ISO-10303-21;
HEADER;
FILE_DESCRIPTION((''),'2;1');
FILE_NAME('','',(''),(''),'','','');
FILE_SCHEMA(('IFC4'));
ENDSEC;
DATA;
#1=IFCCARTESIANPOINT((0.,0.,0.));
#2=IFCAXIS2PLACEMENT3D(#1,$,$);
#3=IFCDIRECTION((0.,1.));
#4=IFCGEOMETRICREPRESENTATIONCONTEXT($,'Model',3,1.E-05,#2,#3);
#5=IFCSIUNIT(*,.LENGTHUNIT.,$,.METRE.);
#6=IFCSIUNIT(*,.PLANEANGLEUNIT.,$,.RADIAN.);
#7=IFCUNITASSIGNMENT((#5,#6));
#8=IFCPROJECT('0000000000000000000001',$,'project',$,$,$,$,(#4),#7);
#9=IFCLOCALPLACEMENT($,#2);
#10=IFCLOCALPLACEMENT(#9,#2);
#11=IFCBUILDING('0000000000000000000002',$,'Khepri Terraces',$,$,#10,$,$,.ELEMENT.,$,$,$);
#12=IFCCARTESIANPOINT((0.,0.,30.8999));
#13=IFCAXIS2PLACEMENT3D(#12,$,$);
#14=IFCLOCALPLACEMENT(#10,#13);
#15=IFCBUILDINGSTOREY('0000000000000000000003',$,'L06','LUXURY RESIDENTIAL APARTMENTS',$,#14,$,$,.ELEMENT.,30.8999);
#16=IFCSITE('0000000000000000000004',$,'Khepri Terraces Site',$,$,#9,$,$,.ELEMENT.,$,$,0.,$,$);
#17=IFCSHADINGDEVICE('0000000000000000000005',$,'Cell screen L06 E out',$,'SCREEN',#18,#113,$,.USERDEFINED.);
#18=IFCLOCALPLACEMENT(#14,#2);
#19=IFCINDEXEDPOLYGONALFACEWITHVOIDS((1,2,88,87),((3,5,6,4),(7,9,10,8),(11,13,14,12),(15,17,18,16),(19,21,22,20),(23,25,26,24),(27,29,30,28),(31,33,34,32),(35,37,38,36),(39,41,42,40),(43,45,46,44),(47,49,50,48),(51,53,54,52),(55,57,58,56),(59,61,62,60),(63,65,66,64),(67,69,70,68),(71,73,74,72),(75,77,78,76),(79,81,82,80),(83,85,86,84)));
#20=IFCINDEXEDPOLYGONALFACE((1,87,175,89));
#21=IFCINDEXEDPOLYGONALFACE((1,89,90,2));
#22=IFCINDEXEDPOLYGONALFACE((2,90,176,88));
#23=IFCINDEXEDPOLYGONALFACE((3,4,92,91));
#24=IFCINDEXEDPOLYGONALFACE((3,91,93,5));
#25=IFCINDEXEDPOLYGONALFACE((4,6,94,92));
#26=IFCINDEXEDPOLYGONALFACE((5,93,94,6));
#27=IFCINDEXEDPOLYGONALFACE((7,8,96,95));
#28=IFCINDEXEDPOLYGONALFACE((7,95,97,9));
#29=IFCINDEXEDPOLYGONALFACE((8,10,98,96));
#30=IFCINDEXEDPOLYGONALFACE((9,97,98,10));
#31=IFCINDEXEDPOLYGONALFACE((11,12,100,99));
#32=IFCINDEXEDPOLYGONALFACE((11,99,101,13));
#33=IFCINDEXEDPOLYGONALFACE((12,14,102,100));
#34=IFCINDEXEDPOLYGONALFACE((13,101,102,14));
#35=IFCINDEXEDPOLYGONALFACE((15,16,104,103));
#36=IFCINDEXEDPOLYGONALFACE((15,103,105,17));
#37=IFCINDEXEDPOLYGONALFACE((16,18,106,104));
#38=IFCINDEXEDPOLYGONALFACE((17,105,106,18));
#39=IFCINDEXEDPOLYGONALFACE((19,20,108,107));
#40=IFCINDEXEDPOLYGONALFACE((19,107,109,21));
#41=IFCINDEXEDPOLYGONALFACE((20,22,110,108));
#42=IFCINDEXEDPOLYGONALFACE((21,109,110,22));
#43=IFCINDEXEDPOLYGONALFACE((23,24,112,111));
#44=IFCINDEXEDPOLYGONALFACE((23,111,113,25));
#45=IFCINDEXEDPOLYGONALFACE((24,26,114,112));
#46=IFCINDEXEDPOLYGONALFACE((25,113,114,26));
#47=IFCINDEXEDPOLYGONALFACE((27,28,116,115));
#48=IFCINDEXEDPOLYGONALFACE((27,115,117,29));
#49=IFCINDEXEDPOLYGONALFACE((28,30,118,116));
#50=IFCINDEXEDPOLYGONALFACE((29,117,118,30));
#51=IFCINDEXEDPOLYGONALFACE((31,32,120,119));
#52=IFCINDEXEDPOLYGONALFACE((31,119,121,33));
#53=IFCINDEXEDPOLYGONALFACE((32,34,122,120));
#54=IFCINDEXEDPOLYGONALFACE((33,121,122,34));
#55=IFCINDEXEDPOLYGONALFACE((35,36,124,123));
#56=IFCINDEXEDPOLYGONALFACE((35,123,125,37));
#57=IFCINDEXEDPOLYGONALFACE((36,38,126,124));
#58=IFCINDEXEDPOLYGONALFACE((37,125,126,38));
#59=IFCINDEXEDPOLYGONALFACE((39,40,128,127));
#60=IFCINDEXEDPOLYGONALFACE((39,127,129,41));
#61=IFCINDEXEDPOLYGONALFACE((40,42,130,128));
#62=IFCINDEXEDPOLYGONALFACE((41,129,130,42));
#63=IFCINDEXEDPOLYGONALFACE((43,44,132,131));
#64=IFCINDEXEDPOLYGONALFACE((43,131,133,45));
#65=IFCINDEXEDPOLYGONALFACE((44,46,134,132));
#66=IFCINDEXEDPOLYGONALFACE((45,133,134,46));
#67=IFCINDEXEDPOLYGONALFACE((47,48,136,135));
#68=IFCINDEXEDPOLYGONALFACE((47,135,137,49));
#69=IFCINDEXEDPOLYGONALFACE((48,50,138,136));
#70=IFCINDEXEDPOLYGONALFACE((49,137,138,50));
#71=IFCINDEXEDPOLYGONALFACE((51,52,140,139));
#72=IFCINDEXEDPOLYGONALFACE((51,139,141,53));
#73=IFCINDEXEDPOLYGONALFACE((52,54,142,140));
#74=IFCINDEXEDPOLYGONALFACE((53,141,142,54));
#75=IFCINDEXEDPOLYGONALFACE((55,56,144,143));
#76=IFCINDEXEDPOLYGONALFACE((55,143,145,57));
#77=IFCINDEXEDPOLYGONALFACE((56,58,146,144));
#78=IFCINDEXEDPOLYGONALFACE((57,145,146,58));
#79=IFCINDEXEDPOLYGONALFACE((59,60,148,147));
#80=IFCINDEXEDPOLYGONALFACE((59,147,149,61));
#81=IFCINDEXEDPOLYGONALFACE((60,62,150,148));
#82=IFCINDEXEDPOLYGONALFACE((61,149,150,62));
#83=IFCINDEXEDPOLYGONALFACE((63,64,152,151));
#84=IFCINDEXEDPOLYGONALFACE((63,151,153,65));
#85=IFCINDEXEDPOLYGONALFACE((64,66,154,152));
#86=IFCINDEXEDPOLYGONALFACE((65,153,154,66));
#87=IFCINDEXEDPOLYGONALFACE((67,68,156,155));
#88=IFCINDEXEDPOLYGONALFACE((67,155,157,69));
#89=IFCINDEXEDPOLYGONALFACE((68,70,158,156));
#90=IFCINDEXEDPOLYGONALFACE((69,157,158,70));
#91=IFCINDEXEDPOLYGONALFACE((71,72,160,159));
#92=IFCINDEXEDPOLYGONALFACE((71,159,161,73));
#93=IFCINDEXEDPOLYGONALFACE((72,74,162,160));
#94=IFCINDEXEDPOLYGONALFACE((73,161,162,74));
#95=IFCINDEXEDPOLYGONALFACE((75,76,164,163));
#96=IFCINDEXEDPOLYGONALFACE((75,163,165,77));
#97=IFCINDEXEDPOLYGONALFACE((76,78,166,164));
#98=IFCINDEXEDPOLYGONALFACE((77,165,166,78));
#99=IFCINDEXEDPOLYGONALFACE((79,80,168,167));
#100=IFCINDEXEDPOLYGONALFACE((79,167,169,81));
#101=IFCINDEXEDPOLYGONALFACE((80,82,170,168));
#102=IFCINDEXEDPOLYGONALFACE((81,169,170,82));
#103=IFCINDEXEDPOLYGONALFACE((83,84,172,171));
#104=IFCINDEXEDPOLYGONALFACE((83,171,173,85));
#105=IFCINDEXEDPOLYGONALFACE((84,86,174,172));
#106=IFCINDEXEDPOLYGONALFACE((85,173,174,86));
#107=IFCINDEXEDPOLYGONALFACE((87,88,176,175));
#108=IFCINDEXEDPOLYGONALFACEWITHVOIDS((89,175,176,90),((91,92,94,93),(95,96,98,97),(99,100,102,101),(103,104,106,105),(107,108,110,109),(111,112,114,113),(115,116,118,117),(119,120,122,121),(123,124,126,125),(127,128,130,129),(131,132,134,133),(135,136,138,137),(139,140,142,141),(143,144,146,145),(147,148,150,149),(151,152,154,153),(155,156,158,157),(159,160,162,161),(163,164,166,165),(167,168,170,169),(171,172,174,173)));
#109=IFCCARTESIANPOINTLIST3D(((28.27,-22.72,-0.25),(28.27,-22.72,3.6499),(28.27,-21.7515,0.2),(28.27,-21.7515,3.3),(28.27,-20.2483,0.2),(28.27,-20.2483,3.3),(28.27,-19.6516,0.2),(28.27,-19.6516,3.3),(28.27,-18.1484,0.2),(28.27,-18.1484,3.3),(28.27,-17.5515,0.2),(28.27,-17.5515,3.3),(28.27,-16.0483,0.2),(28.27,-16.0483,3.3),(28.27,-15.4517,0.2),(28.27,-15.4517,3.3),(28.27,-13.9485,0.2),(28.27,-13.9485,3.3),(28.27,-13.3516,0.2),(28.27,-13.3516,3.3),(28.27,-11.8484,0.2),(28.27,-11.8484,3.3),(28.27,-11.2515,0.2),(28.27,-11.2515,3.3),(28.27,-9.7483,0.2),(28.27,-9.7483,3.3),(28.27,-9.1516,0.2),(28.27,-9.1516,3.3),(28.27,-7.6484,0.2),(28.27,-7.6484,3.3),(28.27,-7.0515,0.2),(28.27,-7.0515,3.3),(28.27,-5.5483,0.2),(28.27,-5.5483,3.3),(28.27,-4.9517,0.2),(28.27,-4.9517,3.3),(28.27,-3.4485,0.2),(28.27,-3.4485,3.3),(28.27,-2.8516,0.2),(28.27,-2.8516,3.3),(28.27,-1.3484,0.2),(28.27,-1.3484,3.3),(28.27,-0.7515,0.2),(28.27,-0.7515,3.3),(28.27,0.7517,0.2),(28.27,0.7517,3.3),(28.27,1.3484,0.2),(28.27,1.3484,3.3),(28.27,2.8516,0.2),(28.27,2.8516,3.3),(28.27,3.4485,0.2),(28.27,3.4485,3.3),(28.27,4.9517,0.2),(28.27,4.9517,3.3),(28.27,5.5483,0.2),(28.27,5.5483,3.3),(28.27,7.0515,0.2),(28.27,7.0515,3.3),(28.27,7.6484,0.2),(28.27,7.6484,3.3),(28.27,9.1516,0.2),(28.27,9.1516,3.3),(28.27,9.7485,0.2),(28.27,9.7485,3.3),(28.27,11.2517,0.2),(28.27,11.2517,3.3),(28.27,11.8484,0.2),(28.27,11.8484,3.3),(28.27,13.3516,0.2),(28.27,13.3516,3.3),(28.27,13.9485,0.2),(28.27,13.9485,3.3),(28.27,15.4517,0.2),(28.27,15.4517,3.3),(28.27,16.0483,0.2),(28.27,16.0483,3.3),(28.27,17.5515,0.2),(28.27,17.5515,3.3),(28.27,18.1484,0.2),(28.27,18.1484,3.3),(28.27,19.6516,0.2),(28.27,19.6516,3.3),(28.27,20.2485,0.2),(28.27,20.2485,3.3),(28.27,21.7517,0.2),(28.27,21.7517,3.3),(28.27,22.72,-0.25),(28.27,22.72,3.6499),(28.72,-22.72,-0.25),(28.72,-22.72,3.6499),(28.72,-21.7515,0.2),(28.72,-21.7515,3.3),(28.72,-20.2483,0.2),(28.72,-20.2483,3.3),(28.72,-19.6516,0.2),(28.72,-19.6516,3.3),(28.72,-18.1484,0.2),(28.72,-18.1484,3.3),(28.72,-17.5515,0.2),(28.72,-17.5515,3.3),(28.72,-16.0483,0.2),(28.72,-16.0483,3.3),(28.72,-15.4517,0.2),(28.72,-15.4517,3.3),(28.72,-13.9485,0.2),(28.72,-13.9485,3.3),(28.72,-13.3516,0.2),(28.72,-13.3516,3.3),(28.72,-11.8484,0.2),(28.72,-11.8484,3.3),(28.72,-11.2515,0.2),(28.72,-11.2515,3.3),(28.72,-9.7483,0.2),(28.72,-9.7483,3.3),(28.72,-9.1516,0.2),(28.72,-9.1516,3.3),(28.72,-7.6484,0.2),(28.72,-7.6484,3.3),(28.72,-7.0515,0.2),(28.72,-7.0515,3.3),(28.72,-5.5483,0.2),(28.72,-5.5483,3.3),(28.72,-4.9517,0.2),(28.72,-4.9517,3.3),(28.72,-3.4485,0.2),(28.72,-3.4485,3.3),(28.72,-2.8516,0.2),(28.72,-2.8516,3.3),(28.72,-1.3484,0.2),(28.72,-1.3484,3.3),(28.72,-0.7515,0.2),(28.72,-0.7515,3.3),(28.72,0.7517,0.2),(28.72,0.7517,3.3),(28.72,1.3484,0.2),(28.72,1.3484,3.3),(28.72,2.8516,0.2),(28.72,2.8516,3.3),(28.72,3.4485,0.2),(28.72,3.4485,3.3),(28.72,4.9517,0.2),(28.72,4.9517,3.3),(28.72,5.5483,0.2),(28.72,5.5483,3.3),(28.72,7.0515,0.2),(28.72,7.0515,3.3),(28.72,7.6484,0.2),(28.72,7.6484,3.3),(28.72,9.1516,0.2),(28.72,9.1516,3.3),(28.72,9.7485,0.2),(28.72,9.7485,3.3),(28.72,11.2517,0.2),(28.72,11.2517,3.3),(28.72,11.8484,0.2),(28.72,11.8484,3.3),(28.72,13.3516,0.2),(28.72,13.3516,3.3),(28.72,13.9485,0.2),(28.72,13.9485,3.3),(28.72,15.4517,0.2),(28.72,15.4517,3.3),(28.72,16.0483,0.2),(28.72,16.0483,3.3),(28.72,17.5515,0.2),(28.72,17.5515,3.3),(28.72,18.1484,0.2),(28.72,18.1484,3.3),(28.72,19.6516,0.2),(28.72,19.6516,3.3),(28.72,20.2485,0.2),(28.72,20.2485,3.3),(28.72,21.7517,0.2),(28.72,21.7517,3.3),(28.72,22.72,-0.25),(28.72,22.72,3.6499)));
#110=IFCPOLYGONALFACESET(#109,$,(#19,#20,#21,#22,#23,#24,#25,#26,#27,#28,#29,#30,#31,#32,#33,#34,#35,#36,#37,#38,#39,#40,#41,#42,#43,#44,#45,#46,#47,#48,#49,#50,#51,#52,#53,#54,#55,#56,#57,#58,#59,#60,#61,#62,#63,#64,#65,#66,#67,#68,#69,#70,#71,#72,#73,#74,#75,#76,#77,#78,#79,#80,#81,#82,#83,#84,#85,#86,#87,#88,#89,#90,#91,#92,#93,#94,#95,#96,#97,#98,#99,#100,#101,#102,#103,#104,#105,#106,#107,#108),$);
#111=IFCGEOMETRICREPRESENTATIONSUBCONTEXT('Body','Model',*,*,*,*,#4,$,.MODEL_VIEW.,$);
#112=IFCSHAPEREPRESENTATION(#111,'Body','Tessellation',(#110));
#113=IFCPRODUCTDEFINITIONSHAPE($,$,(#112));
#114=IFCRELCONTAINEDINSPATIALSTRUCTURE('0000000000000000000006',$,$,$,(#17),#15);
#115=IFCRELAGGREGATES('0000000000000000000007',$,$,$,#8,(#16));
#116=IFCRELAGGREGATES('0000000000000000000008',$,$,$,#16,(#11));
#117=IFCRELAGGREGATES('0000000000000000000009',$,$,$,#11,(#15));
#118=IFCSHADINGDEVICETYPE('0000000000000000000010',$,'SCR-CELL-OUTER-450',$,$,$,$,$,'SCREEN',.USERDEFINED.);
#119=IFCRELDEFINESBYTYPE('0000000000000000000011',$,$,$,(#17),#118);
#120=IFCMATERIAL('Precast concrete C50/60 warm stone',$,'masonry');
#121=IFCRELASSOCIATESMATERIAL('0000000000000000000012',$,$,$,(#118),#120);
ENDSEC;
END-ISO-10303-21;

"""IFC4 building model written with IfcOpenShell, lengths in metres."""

from ifc_helpers import new_model, si_unit, direction, frame, origin, place, context, subcontext, project, spatial, polyline, outline, extrude, material, type_object, element, save


model = new_model("IFC4")

# Units and contexts
model_context = context("Model", 3, precision=1e-05, world=origin(), true_north=direction((0.0, 1.0)))
body_context = subcontext(model_context, "Body", "Model", "MODEL_VIEW")
ifc_project = project(units=[si_unit("LENGTHUNIT", "METRE"), si_unit("PLANEANGLEUNIT", "RADIAN")], contexts=[model_context])

# Site, building, storey
site_placement = place(None, origin())
site = spatial("IfcSite", under=ifc_project, at=site_placement, Name="Khepri Terraces Site", CompositionType="ELEMENT", RefElevation=0.0)
building_placement = place(site_placement, origin())
building = spatial("IfcBuilding", under=site, at=building_placement, Name="Khepri Terraces", CompositionType="ELEMENT")
storey_placement = place(building_placement, frame((0.0, 0.0, 30.8999)))
storey = spatial("IfcBuildingStorey", under=building, at=storey_placement, Name="L06", Description="LUXURY RESIDENTIAL APARTMENTS", CompositionType="ELEMENT", Elevation=30.8999)

# Shared definitions
ifc_material_1 = material(Name="Precast concrete C50/60 warm stone", Category="masonry")

# Shading device
shading_device_type_1 = type_object("IfcShadingDeviceType", Name="SCR-CELL-OUTER-450", ElementType="SCREEN", PredefinedType="USERDEFINED", material=ifc_material_1)
shading_device_1_placement = place(storey_placement, frame((28.27, -22.72, -0.25), z_axis=(1.0, 0.0, 0.0), x_axis=(0.0, 1.0, 0.0)))
element("IfcShadingDevice", 1, at=shading_device_1_placement, inside=storey, type_object=shading_device_type_1, Name="Cell screen L06 E out", ObjectType="SCREEN", PredefinedType="USERDEFINED", context=body_context, shape_type="SweptSolid", body=[
    extrude(outline(polyline([(0.0, 0.0), (45.4399, 0.0), (45.4399, 3.8999), (0.0, 3.8999), (0.0, 0.0)]), holes=[polyline([(0.9685, 0.45), (2.4717, 0.45), (2.4717, 3.55), (0.9685, 3.55), (0.9685, 0.45)]), polyline([(3.0684, 0.45), (4.5715, 0.45), (4.5715, 3.55), (3.0684, 3.55), (3.0684, 0.45)]), polyline([(5.1685, 0.45), (6.6716, 0.45), (6.6716, 3.55), (5.1685, 3.55), (5.1685, 0.45)]), polyline([(7.2683, 0.45), (8.7715, 0.45), (8.7715, 3.55), (7.2683, 3.55), (7.2683, 0.45)]), polyline([(9.3684, 0.45), (10.8716, 0.45), (10.8716, 3.55), (9.3684, 3.55), (9.3684, 0.45)]), polyline([(11.4685, 0.45), (12.9717, 0.45), (12.9717, 3.55), (11.4685, 3.55), (11.4685, 0.45)]), polyline([(13.5684, 0.45), (15.0715, 0.45), (15.0715, 3.55), (13.5684, 3.55), (13.5684, 0.45)]), polyline([(15.6685, 0.45), (17.1716, 0.45), (17.1716, 3.55), (15.6685, 3.55), (15.6685, 0.45)]), polyline([(17.7683, 0.45), (19.2715, 0.45), (19.2715, 3.55), (17.7683, 3.55), (17.7683, 0.45)]), polyline([(19.8684, 0.45), (21.3716, 0.45), (21.3716, 3.55), (19.8684, 3.55), (19.8684, 0.45)]), polyline([(21.9685, 0.45), (23.4717, 0.45), (23.4717, 3.55), (21.9685, 3.55), (21.9685, 0.45)]), polyline([(24.0684, 0.45), (25.5715, 0.45), (25.5715, 3.55), (24.0684, 3.55), (24.0684, 0.45)]), polyline([(26.1685, 0.45), (27.6716, 0.45), (27.6716, 3.55), (26.1685, 3.55), (26.1685, 0.45)]), polyline([(28.2683, 0.45), (29.7715, 0.45), (29.7715, 3.55), (28.2683, 3.55), (28.2683, 0.45)]), polyline([(30.3684, 0.45), (31.8716, 0.45), (31.8716, 3.55), (30.3684, 3.55), (30.3684, 0.45)]), polyline([(32.4685, 0.45), (33.9717, 0.45), (33.9717, 3.55), (32.4685, 3.55), (32.4685, 0.45)]), polyline([(34.5684, 0.45), (36.0715, 0.45), (36.0715, 3.55), (34.5684, 3.55), (34.5684, 0.45)]), polyline([(36.6685, 0.45), (38.1716, 0.45), (38.1716, 3.55), (36.6685, 3.55), (36.6685, 0.45)]), polyline([(38.7683, 0.45), (40.2715, 0.45), (40.2715, 3.55), (38.7683, 3.55), (38.7683, 0.45)]), polyline([(40.8684, 0.45), (42.3716, 0.45), (42.3716, 3.55), (40.8684, 3.55), (40.8684, 0.45)]), polyline([(42.9685, 0.45), (44.4717, 0.45), (44.4717, 3.55), (42.9685, 3.55), (42.9685, 0.45)])]), origin(), (0.0, 0.0, 1.0), 0.45),
])

save(model, "model.ifc")
